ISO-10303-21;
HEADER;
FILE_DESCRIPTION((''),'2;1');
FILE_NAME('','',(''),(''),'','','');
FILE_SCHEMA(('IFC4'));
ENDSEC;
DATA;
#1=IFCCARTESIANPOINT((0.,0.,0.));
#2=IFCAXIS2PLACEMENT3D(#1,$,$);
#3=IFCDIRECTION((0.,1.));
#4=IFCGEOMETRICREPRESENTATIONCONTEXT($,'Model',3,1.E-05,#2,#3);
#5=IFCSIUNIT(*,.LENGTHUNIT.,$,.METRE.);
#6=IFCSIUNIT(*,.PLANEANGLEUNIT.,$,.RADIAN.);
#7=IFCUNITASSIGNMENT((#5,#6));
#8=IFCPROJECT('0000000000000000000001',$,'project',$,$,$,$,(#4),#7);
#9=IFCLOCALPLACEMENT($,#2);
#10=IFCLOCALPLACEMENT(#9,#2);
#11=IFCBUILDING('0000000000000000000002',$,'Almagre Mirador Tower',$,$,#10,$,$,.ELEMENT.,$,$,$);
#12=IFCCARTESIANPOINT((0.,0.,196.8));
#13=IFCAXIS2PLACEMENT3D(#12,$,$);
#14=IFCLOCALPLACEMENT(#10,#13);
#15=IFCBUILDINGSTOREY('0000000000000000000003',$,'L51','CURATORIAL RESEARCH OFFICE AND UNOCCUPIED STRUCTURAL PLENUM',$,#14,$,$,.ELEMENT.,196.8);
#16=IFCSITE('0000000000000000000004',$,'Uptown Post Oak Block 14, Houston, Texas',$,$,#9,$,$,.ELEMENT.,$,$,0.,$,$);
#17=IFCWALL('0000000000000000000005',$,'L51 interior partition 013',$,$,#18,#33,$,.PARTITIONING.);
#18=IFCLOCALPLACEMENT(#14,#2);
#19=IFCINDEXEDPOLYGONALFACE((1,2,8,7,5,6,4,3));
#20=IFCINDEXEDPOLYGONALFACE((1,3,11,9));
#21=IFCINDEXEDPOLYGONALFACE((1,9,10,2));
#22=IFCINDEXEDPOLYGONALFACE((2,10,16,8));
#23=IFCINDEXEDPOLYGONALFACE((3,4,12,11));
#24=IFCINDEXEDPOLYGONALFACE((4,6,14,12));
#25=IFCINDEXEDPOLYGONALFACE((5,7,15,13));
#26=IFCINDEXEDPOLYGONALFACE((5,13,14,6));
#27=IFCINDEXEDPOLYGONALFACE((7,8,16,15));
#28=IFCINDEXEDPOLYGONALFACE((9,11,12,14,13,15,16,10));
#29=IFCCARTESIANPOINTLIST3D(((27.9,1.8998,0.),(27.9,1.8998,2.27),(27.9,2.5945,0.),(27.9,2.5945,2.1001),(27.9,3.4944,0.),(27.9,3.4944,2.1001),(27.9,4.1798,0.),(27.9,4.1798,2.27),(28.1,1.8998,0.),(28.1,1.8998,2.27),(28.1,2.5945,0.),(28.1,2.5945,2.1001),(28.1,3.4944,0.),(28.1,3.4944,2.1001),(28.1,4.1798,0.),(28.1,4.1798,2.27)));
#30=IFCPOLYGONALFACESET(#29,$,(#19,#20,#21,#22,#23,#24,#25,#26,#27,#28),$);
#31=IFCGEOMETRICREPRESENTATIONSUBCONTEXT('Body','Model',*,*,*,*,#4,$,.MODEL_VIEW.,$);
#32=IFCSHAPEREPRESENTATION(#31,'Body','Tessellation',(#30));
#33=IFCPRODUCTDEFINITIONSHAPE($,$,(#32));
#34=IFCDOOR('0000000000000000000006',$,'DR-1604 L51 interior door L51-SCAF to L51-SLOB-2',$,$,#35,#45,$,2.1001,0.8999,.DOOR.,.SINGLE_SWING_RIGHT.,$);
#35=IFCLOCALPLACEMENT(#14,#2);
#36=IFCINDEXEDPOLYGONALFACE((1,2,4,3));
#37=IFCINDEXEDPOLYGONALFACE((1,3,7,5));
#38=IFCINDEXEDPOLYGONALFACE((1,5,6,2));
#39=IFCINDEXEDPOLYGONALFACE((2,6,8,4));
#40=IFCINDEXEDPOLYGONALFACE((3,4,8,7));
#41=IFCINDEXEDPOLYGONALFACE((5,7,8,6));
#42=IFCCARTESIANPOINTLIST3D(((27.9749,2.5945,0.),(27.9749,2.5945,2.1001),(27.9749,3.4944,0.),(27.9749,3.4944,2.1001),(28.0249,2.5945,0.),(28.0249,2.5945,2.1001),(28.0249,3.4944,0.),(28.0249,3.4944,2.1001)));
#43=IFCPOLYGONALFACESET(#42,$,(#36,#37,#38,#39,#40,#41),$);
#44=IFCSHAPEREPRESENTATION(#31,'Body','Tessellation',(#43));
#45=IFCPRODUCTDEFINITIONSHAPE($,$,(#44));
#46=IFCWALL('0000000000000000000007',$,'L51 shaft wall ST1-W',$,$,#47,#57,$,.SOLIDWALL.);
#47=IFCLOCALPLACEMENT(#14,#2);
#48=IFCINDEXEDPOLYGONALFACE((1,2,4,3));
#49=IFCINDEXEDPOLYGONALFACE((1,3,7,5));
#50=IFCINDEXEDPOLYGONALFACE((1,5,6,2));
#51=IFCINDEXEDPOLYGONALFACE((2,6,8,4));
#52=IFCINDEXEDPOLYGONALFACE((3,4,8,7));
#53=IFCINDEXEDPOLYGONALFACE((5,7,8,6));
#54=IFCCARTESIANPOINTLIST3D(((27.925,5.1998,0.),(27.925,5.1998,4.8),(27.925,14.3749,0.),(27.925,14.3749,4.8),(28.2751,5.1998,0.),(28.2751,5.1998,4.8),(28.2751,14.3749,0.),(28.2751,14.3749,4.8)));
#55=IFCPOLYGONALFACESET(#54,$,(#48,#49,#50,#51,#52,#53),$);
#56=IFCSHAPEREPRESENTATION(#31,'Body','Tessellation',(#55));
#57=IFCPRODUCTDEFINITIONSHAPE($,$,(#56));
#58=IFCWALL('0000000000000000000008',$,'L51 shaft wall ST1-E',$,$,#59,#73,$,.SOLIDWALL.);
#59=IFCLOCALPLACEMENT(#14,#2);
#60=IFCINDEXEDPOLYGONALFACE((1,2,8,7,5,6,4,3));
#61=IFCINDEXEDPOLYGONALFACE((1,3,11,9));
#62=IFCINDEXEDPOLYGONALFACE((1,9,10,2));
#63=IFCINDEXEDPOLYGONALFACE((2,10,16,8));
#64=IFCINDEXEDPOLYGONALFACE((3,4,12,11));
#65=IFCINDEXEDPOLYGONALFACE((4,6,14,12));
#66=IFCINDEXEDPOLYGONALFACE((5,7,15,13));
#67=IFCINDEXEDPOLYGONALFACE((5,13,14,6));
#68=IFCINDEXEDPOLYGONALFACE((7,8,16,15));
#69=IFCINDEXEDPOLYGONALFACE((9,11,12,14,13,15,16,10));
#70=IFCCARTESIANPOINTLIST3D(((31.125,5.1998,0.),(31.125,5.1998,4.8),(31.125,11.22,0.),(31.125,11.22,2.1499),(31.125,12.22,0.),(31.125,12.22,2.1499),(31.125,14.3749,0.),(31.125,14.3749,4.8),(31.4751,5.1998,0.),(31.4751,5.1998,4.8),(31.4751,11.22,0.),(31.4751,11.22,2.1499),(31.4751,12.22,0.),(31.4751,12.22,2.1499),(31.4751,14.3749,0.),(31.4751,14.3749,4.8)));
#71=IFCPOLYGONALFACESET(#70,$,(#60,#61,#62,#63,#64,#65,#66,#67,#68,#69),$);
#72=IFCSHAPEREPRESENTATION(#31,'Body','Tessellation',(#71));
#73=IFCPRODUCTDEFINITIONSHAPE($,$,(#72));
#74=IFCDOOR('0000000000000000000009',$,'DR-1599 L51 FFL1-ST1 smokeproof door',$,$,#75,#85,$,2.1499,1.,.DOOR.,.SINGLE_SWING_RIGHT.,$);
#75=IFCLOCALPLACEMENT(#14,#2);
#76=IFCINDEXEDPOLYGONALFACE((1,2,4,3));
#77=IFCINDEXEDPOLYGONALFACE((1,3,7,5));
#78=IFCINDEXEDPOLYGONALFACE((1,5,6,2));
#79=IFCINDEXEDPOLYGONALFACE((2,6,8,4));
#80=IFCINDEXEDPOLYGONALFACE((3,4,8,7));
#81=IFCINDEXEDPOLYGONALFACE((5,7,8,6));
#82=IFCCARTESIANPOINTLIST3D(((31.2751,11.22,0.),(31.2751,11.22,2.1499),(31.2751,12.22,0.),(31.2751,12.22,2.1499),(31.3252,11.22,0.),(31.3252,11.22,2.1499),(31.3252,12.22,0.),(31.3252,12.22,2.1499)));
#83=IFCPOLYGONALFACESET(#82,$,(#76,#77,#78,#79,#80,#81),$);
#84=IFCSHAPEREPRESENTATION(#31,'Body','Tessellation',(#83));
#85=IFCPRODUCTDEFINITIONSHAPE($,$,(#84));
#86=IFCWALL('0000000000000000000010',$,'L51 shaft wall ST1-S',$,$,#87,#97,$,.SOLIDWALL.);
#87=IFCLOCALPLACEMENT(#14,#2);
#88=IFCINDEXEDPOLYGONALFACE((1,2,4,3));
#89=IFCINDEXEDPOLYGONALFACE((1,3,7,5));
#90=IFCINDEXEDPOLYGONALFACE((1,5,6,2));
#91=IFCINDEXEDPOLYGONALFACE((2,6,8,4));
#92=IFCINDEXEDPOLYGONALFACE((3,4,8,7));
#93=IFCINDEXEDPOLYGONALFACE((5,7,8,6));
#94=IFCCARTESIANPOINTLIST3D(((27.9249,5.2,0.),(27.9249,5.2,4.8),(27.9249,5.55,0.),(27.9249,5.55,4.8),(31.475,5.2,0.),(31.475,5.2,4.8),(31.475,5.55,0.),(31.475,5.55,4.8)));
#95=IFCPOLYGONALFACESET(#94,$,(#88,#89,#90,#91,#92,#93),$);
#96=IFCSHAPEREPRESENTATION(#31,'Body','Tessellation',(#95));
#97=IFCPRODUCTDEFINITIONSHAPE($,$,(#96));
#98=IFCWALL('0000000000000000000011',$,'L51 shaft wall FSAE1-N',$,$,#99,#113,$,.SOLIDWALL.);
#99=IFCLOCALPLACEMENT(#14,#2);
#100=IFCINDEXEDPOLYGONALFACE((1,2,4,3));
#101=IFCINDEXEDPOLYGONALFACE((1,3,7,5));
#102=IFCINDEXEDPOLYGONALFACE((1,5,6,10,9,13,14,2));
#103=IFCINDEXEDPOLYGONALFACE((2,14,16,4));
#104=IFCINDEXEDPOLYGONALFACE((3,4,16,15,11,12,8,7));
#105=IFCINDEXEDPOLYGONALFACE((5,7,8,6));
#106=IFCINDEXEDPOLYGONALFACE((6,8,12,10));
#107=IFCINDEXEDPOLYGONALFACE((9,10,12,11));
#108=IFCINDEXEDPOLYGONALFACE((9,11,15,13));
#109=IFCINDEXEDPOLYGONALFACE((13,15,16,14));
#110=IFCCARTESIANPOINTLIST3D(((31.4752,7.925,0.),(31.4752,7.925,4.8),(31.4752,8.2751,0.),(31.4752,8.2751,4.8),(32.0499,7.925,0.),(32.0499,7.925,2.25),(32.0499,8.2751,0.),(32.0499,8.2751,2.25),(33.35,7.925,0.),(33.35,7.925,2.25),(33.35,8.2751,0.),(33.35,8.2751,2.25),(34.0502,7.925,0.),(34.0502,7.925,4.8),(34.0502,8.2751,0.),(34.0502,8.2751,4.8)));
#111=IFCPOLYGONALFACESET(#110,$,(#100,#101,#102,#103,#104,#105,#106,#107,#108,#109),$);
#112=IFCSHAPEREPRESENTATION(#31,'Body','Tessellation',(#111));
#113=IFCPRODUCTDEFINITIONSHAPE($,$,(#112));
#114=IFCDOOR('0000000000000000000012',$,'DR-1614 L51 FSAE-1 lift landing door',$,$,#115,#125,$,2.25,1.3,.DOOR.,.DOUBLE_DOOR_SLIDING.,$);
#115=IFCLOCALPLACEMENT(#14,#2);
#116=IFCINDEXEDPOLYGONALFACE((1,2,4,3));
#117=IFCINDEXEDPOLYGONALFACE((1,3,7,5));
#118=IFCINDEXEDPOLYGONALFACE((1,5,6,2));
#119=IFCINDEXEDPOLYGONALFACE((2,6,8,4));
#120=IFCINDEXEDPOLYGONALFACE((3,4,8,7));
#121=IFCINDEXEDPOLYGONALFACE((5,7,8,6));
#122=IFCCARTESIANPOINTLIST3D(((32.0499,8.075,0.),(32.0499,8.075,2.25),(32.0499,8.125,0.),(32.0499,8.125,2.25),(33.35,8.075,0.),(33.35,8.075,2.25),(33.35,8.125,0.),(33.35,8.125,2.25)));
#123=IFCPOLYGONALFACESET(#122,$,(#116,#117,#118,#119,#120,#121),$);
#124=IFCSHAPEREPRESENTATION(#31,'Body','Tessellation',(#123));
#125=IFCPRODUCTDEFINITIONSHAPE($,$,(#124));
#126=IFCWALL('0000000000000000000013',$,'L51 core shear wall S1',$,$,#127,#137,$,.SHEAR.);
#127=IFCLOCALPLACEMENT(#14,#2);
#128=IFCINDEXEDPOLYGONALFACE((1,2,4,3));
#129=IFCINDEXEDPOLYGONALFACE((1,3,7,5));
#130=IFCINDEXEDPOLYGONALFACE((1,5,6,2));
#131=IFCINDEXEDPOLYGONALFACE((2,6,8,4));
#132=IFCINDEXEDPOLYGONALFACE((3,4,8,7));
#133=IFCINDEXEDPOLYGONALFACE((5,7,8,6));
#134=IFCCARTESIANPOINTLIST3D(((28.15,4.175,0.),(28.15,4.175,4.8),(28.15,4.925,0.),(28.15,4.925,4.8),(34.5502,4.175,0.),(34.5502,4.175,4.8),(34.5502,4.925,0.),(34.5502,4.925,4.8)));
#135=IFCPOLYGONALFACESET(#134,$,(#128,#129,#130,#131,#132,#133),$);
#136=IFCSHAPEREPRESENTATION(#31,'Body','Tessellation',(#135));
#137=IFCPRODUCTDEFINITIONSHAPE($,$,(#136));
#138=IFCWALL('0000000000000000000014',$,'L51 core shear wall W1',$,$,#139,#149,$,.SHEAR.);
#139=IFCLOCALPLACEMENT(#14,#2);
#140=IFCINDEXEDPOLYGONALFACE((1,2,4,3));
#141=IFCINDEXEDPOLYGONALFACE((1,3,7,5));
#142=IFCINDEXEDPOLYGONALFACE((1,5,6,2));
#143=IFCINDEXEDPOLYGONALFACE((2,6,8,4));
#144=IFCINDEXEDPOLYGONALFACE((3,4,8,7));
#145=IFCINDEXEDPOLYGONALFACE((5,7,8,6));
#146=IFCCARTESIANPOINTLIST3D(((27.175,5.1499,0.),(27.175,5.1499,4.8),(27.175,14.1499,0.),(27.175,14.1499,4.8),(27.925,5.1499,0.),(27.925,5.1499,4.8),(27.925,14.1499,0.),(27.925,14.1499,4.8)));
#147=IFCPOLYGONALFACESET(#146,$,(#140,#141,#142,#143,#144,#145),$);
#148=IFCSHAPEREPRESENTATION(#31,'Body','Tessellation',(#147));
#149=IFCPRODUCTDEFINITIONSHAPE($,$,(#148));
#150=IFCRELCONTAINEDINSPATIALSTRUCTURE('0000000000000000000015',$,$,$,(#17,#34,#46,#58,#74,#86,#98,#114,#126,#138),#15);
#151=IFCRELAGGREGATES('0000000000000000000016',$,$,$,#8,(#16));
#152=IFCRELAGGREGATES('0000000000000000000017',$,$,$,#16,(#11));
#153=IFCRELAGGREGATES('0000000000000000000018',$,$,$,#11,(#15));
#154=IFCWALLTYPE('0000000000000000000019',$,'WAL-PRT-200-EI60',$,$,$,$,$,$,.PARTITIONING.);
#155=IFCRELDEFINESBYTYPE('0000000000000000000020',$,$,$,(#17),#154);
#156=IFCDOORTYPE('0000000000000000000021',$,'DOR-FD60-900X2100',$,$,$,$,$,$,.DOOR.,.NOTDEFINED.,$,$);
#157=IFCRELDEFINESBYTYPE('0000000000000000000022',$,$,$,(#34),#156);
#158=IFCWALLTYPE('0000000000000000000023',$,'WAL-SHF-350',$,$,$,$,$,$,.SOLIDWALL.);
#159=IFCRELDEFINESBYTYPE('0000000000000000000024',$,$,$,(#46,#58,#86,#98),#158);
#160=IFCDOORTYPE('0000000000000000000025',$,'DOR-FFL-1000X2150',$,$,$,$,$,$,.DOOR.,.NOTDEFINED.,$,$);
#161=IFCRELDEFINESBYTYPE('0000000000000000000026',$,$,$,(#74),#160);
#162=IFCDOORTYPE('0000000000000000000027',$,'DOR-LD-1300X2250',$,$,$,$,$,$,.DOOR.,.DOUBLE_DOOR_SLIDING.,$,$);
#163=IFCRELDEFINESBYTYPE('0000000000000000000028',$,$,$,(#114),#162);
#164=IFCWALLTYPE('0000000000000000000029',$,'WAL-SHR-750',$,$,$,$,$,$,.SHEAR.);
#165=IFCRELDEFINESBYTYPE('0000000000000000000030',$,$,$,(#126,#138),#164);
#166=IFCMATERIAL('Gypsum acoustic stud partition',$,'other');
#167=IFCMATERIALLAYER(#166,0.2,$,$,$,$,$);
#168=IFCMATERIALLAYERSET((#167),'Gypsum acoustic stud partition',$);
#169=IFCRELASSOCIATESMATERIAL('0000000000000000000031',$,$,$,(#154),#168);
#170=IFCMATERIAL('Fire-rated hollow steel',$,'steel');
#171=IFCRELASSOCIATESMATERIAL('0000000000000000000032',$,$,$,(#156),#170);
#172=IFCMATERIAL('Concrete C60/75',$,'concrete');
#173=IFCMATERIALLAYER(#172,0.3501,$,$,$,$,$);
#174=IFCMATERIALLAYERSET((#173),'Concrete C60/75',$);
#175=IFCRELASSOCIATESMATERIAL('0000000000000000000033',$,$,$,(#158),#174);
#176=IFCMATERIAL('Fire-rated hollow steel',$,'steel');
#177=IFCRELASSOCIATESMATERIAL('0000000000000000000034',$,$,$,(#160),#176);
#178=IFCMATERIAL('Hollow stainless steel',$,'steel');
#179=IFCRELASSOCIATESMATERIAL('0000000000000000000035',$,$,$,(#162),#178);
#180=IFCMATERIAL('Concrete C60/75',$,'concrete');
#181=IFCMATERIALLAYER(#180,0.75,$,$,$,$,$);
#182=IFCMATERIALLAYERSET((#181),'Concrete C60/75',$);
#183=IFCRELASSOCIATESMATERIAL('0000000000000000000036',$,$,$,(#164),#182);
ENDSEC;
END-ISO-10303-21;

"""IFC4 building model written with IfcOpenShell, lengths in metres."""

from ifc_helpers import new_model, si_unit, direction, frame, frame_2d, origin, place, context, subcontext, project, spatial, rectangle, extrude, material, layer, layer_set, type_object, element, fill, save


model = new_model("IFC4")

# Units and contexts
model_context = context("Model", 3, precision=1e-05, world=origin(), true_north=direction((0.0, 1.0)))
body_context = subcontext(model_context, "Body", "Model", "MODEL_VIEW")
ifc_project = project(units=[si_unit("LENGTHUNIT", "METRE"), si_unit("PLANEANGLEUNIT", "RADIAN")], contexts=[model_context])

# Site, building, storey
site_placement = place(None, origin())
site = spatial("IfcSite", under=ifc_project, at=site_placement, Name="Uptown Post Oak Block 14, Houston, Texas", CompositionType="ELEMENT", RefElevation=0.0)
building_placement = place(site_placement, origin())
building = spatial("IfcBuilding", under=site, at=building_placement, Name="Almagre Mirador Tower", CompositionType="ELEMENT")
storey_placement = place(building_placement, frame((0.0, 0.0, 196.8)))
storey = spatial("IfcBuildingStorey", under=building, at=storey_placement, Name="L51", Description="CURATORIAL RESEARCH OFFICE AND UNOCCUPIED STRUCTURAL PLENUM", CompositionType="ELEMENT", Elevation=196.8)

# Wall, opening, door
ifc_material_1 = material(Name="Gypsum acoustic stud partition", Category="other")
ifc_layer_1 = layer(ifc_material_1, 0.2)
ifc_layer_set_1 = layer_set([ifc_layer_1], Name="Gypsum acoustic stud partition")
wall_type_1 = type_object("IfcWallType", Name="WAL-PRT-200-EI60", PredefinedType="PARTITIONING", material=ifc_layer_set_1)
wall_1_placement = place(storey_placement, frame((28.0, 4.1799, 0.0), z_axis=(0.0, 0.0, 1.0), x_axis=(0.0, -1.0, 0.0)))
wall_1 = element("IfcWall", 1, at=wall_1_placement, inside=storey, type_object=wall_type_1, Name="L51 interior partition 013", PredefinedType="PARTITIONING", context=body_context, shape_type="SweptSolid", body=[
    extrude(rectangle(XDim=2.28, YDim=0.2, at=frame_2d((1.1401, 0.0))), origin(), (0.0, 0.0, 1.0), 2.27),
])
opening_1_placement = place(wall_1_placement, frame((0.6855, 0.0, 0.0)))
opening_1 = element("IfcOpeningElement", 2, at=opening_1_placement, cuts=wall_1, PredefinedType="OPENING", context=body_context, shape_type="SweptSolid", body=[
    extrude(rectangle(XDim=0.8999, YDim=2.1001, at=frame_2d((0.45, 1.05))), frame((0.0, 0.1101, 0.0), z_axis=(0.0, -1.0, 0.0), x_axis=(1.0, 0.0, 0.0)), (0.0, 0.0, 1.0), 0.22),
])
ifc_material_2 = material(Name="Fire-rated hollow steel", Category="steel")
door_type_1 = type_object("IfcDoorType", Name="DOR-FD60-900X2100", OperationType="NOTDEFINED", PredefinedType="DOOR", material=ifc_material_2)
door_1_placement = place(opening_1_placement, origin())
door_1 = element("IfcDoor", 3, at=door_1_placement, inside=storey, type_object=door_type_1, Name="DR-1604 L51 interior door L51-SCAF to L51-SLOB-2", OperationType="SINGLE_SWING_RIGHT", OverallHeight=2.1001, OverallWidth=0.8999, PredefinedType="DOOR", context=body_context, shape_type="SweptSolid", body=[
    extrude(rectangle(XDim=0.8999, YDim=2.1001, at=frame_2d((0.45, 1.05))), frame((0.0, 0.0249, 0.0), z_axis=(0.0, -1.0, 0.0), x_axis=(1.0, 0.0, 0.0)), (0.0, 0.0, 1.0), 0.05),
])
fill(opening_1, door_1)

# Wall
ifc_material_3 = material(Name="Concrete C60/75", Category="concrete")
ifc_layer_2 = layer(ifc_material_3, 0.3501)
ifc_layer_set_2 = layer_set([ifc_layer_2], Name="Concrete C60/75")
wall_type_2 = type_object("IfcWallType", Name="WAL-SHF-350", PredefinedType="SOLIDWALL", material=ifc_layer_set_2)
wall_2_placement = place(storey_placement, frame((28.1001, 5.2, 0.0), z_axis=(0.0, 0.0, 1.0), x_axis=(0.0, 1.0, 0.0)))
element("IfcWall", 4, at=wall_2_placement, inside=storey, type_object=wall_type_2, Name="L51 shaft wall ST1-W", PredefinedType="SOLIDWALL", context=body_context, shape_type="SweptSolid", body=[
    extrude(rectangle(XDim=9.175, YDim=0.3501, at=frame_2d((4.5874, 0.0))), origin(), (0.0, 0.0, 1.0), 4.8),
])

# Wall, opening, door
wall_3_placement = place(storey_placement, frame((31.3, 5.2, 0.0), z_axis=(0.0, 0.0, 1.0), x_axis=(0.0, 1.0, 0.0)))
wall_3 = element("IfcWall", 5, at=wall_3_placement, inside=storey, type_object=wall_type_2, Name="L51 shaft wall ST1-E", PredefinedType="SOLIDWALL", context=body_context, shape_type="SweptSolid", body=[
    extrude(rectangle(XDim=9.175, YDim=0.3501, at=frame_2d((4.5874, 0.0))), origin(), (0.0, 0.0, 1.0), 4.8),
])
opening_2_placement = place(wall_3_placement, frame((6.02, 0.0, 0.0)))
opening_2 = element("IfcOpeningElement", 6, at=opening_2_placement, cuts=wall_3, PredefinedType="OPENING", context=body_context, shape_type="SweptSolid", body=[
    extrude(rectangle(XDim=1.0, YDim=2.1499, at=frame_2d((0.5, 1.075))), frame((0.0, 0.185, 0.0), z_axis=(0.0, -1.0, 0.0), x_axis=(1.0, 0.0, 0.0)), (0.0, 0.0, 1.0), 0.3701),
])
ifc_material_4 = material(Name="Fire-rated hollow steel", Category="steel")
door_type_2 = type_object("IfcDoorType", Name="DOR-FFL-1000X2150", OperationType="NOTDEFINED", PredefinedType="DOOR", material=ifc_material_4)
door_2_placement = place(opening_2_placement, origin())
door_2 = element("IfcDoor", 7, at=door_2_placement, inside=storey, type_object=door_type_2, Name="DR-1599 L51 FFL1-ST1 smokeproof door", OperationType="SINGLE_SWING_RIGHT", OverallHeight=2.1499, OverallWidth=1.0, PredefinedType="DOOR", context=body_context, shape_type="SweptSolid", body=[
    extrude(rectangle(XDim=1.0, YDim=2.1499, at=frame_2d((0.5, 1.075))), frame((0.0, 0.0249, 0.0), z_axis=(0.0, -1.0, 0.0), x_axis=(1.0, 0.0, 0.0)), (0.0, 0.0, 1.0), 0.05),
])
fill(opening_2, door_2)

# Wall
wall_4_placement = place(storey_placement, frame((27.925, 5.375, 0.0), z_axis=(0.0, 0.0, 1.0), x_axis=(1.0, 0.0, 0.0)))
element("IfcWall", 8, at=wall_4_placement, inside=storey, type_object=wall_type_2, Name="L51 shaft wall ST1-S", PredefinedType="SOLIDWALL", context=body_context, shape_type="SweptSolid", body=[
    extrude(rectangle(XDim=3.55, YDim=0.3501, at=frame_2d((1.7749, 0.0))), origin(), (0.0, 0.0, 1.0), 4.8),
])

# Wall, opening, door
wall_5_placement = place(storey_placement, frame((31.4751, 8.1001, 0.0), z_axis=(0.0, 0.0, 1.0), x_axis=(1.0, 0.0, 0.0)))
wall_5 = element("IfcWall", 9, at=wall_5_placement, inside=storey, type_object=wall_type_2, Name="L51 shaft wall FSAE1-N", PredefinedType="SOLIDWALL", context=body_context, shape_type="SweptSolid", body=[
    extrude(rectangle(XDim=2.575, YDim=0.3501, at=frame_2d((1.2876, 0.0))), origin(), (0.0, 0.0, 1.0), 4.8),
])
opening_3_placement = place(wall_5_placement, frame((0.575, 0.0, 0.0)))
opening_3 = element("IfcOpeningElement", 10, at=opening_3_placement, cuts=wall_5, PredefinedType="OPENING", context=body_context, shape_type="SweptSolid", body=[
    extrude(rectangle(XDim=1.3, YDim=2.25, at=frame_2d((0.6499, 1.125))), frame((0.0, 0.185, 0.0), z_axis=(0.0, -1.0, 0.0), x_axis=(1.0, 0.0, 0.0)), (0.0, 0.0, 1.0), 0.3701),
])
ifc_material_5 = material(Name="Hollow stainless steel", Category="steel")
door_type_3 = type_object("IfcDoorType", Name="DOR-LD-1300X2250", OperationType="DOUBLE_DOOR_SLIDING", PredefinedType="DOOR", material=ifc_material_5)
door_3_placement = place(opening_3_placement, origin())
door_3 = element("IfcDoor", 11, at=door_3_placement, inside=storey, type_object=door_type_3, Name="DR-1614 L51 FSAE-1 lift landing door", OperationType="DOUBLE_DOOR_SLIDING", OverallHeight=2.25, OverallWidth=1.3, PredefinedType="DOOR", context=body_context, shape_type="SweptSolid", body=[
    extrude(rectangle(XDim=1.3, YDim=2.25, at=frame_2d((0.6499, 1.125))), frame((0.0, 0.0249, 0.0), z_axis=(0.0, -1.0, 0.0), x_axis=(1.0, 0.0, 0.0)), (0.0, 0.0, 1.0), 0.05),
])
fill(opening_3, door_3)

# Walls
ifc_material_6 = material(Name="Concrete C60/75", Category="concrete")
ifc_layer_3 = layer(ifc_material_6, 0.75)
ifc_layer_set_3 = layer_set([ifc_layer_3], Name="Concrete C60/75")
wall_type_3 = type_object("IfcWallType", Name="WAL-SHR-750", PredefinedType="SHEAR", material=ifc_layer_set_3)
wall_6_placement = place(storey_placement, frame((28.1499, 4.55, 0.0), z_axis=(0.0, 0.0, 1.0), x_axis=(1.0, 0.0, 0.0)))
element("IfcWall", 12, at=wall_6_placement, inside=storey, type_object=wall_type_3, Name="L51 core shear wall S1", PredefinedType="SHEAR", context=body_context, shape_type="SweptSolid", body=[
    extrude(rectangle(XDim=6.4001, YDim=0.75, at=frame_2d((3.2002, 0.0))), origin(), (0.0, 0.0, 1.0), 4.8),
])
wall_7_placement = place(storey_placement, frame((27.55, 5.1499, 0.0), z_axis=(0.0, 0.0, 1.0), x_axis=(0.0, 1.0, 0.0)))
element("IfcWall", 13, at=wall_7_placement, inside=storey, type_object=wall_type_3, Name="L51 core shear wall W1", PredefinedType="SHEAR", context=body_context, shape_type="SweptSolid", body=[
    extrude(rectangle(XDim=9.0, YDim=0.75, at=frame_2d((4.5, 0.0))), origin(), (0.0, 0.0, 1.0), 4.8),
])

save(model, "model.ifc")
